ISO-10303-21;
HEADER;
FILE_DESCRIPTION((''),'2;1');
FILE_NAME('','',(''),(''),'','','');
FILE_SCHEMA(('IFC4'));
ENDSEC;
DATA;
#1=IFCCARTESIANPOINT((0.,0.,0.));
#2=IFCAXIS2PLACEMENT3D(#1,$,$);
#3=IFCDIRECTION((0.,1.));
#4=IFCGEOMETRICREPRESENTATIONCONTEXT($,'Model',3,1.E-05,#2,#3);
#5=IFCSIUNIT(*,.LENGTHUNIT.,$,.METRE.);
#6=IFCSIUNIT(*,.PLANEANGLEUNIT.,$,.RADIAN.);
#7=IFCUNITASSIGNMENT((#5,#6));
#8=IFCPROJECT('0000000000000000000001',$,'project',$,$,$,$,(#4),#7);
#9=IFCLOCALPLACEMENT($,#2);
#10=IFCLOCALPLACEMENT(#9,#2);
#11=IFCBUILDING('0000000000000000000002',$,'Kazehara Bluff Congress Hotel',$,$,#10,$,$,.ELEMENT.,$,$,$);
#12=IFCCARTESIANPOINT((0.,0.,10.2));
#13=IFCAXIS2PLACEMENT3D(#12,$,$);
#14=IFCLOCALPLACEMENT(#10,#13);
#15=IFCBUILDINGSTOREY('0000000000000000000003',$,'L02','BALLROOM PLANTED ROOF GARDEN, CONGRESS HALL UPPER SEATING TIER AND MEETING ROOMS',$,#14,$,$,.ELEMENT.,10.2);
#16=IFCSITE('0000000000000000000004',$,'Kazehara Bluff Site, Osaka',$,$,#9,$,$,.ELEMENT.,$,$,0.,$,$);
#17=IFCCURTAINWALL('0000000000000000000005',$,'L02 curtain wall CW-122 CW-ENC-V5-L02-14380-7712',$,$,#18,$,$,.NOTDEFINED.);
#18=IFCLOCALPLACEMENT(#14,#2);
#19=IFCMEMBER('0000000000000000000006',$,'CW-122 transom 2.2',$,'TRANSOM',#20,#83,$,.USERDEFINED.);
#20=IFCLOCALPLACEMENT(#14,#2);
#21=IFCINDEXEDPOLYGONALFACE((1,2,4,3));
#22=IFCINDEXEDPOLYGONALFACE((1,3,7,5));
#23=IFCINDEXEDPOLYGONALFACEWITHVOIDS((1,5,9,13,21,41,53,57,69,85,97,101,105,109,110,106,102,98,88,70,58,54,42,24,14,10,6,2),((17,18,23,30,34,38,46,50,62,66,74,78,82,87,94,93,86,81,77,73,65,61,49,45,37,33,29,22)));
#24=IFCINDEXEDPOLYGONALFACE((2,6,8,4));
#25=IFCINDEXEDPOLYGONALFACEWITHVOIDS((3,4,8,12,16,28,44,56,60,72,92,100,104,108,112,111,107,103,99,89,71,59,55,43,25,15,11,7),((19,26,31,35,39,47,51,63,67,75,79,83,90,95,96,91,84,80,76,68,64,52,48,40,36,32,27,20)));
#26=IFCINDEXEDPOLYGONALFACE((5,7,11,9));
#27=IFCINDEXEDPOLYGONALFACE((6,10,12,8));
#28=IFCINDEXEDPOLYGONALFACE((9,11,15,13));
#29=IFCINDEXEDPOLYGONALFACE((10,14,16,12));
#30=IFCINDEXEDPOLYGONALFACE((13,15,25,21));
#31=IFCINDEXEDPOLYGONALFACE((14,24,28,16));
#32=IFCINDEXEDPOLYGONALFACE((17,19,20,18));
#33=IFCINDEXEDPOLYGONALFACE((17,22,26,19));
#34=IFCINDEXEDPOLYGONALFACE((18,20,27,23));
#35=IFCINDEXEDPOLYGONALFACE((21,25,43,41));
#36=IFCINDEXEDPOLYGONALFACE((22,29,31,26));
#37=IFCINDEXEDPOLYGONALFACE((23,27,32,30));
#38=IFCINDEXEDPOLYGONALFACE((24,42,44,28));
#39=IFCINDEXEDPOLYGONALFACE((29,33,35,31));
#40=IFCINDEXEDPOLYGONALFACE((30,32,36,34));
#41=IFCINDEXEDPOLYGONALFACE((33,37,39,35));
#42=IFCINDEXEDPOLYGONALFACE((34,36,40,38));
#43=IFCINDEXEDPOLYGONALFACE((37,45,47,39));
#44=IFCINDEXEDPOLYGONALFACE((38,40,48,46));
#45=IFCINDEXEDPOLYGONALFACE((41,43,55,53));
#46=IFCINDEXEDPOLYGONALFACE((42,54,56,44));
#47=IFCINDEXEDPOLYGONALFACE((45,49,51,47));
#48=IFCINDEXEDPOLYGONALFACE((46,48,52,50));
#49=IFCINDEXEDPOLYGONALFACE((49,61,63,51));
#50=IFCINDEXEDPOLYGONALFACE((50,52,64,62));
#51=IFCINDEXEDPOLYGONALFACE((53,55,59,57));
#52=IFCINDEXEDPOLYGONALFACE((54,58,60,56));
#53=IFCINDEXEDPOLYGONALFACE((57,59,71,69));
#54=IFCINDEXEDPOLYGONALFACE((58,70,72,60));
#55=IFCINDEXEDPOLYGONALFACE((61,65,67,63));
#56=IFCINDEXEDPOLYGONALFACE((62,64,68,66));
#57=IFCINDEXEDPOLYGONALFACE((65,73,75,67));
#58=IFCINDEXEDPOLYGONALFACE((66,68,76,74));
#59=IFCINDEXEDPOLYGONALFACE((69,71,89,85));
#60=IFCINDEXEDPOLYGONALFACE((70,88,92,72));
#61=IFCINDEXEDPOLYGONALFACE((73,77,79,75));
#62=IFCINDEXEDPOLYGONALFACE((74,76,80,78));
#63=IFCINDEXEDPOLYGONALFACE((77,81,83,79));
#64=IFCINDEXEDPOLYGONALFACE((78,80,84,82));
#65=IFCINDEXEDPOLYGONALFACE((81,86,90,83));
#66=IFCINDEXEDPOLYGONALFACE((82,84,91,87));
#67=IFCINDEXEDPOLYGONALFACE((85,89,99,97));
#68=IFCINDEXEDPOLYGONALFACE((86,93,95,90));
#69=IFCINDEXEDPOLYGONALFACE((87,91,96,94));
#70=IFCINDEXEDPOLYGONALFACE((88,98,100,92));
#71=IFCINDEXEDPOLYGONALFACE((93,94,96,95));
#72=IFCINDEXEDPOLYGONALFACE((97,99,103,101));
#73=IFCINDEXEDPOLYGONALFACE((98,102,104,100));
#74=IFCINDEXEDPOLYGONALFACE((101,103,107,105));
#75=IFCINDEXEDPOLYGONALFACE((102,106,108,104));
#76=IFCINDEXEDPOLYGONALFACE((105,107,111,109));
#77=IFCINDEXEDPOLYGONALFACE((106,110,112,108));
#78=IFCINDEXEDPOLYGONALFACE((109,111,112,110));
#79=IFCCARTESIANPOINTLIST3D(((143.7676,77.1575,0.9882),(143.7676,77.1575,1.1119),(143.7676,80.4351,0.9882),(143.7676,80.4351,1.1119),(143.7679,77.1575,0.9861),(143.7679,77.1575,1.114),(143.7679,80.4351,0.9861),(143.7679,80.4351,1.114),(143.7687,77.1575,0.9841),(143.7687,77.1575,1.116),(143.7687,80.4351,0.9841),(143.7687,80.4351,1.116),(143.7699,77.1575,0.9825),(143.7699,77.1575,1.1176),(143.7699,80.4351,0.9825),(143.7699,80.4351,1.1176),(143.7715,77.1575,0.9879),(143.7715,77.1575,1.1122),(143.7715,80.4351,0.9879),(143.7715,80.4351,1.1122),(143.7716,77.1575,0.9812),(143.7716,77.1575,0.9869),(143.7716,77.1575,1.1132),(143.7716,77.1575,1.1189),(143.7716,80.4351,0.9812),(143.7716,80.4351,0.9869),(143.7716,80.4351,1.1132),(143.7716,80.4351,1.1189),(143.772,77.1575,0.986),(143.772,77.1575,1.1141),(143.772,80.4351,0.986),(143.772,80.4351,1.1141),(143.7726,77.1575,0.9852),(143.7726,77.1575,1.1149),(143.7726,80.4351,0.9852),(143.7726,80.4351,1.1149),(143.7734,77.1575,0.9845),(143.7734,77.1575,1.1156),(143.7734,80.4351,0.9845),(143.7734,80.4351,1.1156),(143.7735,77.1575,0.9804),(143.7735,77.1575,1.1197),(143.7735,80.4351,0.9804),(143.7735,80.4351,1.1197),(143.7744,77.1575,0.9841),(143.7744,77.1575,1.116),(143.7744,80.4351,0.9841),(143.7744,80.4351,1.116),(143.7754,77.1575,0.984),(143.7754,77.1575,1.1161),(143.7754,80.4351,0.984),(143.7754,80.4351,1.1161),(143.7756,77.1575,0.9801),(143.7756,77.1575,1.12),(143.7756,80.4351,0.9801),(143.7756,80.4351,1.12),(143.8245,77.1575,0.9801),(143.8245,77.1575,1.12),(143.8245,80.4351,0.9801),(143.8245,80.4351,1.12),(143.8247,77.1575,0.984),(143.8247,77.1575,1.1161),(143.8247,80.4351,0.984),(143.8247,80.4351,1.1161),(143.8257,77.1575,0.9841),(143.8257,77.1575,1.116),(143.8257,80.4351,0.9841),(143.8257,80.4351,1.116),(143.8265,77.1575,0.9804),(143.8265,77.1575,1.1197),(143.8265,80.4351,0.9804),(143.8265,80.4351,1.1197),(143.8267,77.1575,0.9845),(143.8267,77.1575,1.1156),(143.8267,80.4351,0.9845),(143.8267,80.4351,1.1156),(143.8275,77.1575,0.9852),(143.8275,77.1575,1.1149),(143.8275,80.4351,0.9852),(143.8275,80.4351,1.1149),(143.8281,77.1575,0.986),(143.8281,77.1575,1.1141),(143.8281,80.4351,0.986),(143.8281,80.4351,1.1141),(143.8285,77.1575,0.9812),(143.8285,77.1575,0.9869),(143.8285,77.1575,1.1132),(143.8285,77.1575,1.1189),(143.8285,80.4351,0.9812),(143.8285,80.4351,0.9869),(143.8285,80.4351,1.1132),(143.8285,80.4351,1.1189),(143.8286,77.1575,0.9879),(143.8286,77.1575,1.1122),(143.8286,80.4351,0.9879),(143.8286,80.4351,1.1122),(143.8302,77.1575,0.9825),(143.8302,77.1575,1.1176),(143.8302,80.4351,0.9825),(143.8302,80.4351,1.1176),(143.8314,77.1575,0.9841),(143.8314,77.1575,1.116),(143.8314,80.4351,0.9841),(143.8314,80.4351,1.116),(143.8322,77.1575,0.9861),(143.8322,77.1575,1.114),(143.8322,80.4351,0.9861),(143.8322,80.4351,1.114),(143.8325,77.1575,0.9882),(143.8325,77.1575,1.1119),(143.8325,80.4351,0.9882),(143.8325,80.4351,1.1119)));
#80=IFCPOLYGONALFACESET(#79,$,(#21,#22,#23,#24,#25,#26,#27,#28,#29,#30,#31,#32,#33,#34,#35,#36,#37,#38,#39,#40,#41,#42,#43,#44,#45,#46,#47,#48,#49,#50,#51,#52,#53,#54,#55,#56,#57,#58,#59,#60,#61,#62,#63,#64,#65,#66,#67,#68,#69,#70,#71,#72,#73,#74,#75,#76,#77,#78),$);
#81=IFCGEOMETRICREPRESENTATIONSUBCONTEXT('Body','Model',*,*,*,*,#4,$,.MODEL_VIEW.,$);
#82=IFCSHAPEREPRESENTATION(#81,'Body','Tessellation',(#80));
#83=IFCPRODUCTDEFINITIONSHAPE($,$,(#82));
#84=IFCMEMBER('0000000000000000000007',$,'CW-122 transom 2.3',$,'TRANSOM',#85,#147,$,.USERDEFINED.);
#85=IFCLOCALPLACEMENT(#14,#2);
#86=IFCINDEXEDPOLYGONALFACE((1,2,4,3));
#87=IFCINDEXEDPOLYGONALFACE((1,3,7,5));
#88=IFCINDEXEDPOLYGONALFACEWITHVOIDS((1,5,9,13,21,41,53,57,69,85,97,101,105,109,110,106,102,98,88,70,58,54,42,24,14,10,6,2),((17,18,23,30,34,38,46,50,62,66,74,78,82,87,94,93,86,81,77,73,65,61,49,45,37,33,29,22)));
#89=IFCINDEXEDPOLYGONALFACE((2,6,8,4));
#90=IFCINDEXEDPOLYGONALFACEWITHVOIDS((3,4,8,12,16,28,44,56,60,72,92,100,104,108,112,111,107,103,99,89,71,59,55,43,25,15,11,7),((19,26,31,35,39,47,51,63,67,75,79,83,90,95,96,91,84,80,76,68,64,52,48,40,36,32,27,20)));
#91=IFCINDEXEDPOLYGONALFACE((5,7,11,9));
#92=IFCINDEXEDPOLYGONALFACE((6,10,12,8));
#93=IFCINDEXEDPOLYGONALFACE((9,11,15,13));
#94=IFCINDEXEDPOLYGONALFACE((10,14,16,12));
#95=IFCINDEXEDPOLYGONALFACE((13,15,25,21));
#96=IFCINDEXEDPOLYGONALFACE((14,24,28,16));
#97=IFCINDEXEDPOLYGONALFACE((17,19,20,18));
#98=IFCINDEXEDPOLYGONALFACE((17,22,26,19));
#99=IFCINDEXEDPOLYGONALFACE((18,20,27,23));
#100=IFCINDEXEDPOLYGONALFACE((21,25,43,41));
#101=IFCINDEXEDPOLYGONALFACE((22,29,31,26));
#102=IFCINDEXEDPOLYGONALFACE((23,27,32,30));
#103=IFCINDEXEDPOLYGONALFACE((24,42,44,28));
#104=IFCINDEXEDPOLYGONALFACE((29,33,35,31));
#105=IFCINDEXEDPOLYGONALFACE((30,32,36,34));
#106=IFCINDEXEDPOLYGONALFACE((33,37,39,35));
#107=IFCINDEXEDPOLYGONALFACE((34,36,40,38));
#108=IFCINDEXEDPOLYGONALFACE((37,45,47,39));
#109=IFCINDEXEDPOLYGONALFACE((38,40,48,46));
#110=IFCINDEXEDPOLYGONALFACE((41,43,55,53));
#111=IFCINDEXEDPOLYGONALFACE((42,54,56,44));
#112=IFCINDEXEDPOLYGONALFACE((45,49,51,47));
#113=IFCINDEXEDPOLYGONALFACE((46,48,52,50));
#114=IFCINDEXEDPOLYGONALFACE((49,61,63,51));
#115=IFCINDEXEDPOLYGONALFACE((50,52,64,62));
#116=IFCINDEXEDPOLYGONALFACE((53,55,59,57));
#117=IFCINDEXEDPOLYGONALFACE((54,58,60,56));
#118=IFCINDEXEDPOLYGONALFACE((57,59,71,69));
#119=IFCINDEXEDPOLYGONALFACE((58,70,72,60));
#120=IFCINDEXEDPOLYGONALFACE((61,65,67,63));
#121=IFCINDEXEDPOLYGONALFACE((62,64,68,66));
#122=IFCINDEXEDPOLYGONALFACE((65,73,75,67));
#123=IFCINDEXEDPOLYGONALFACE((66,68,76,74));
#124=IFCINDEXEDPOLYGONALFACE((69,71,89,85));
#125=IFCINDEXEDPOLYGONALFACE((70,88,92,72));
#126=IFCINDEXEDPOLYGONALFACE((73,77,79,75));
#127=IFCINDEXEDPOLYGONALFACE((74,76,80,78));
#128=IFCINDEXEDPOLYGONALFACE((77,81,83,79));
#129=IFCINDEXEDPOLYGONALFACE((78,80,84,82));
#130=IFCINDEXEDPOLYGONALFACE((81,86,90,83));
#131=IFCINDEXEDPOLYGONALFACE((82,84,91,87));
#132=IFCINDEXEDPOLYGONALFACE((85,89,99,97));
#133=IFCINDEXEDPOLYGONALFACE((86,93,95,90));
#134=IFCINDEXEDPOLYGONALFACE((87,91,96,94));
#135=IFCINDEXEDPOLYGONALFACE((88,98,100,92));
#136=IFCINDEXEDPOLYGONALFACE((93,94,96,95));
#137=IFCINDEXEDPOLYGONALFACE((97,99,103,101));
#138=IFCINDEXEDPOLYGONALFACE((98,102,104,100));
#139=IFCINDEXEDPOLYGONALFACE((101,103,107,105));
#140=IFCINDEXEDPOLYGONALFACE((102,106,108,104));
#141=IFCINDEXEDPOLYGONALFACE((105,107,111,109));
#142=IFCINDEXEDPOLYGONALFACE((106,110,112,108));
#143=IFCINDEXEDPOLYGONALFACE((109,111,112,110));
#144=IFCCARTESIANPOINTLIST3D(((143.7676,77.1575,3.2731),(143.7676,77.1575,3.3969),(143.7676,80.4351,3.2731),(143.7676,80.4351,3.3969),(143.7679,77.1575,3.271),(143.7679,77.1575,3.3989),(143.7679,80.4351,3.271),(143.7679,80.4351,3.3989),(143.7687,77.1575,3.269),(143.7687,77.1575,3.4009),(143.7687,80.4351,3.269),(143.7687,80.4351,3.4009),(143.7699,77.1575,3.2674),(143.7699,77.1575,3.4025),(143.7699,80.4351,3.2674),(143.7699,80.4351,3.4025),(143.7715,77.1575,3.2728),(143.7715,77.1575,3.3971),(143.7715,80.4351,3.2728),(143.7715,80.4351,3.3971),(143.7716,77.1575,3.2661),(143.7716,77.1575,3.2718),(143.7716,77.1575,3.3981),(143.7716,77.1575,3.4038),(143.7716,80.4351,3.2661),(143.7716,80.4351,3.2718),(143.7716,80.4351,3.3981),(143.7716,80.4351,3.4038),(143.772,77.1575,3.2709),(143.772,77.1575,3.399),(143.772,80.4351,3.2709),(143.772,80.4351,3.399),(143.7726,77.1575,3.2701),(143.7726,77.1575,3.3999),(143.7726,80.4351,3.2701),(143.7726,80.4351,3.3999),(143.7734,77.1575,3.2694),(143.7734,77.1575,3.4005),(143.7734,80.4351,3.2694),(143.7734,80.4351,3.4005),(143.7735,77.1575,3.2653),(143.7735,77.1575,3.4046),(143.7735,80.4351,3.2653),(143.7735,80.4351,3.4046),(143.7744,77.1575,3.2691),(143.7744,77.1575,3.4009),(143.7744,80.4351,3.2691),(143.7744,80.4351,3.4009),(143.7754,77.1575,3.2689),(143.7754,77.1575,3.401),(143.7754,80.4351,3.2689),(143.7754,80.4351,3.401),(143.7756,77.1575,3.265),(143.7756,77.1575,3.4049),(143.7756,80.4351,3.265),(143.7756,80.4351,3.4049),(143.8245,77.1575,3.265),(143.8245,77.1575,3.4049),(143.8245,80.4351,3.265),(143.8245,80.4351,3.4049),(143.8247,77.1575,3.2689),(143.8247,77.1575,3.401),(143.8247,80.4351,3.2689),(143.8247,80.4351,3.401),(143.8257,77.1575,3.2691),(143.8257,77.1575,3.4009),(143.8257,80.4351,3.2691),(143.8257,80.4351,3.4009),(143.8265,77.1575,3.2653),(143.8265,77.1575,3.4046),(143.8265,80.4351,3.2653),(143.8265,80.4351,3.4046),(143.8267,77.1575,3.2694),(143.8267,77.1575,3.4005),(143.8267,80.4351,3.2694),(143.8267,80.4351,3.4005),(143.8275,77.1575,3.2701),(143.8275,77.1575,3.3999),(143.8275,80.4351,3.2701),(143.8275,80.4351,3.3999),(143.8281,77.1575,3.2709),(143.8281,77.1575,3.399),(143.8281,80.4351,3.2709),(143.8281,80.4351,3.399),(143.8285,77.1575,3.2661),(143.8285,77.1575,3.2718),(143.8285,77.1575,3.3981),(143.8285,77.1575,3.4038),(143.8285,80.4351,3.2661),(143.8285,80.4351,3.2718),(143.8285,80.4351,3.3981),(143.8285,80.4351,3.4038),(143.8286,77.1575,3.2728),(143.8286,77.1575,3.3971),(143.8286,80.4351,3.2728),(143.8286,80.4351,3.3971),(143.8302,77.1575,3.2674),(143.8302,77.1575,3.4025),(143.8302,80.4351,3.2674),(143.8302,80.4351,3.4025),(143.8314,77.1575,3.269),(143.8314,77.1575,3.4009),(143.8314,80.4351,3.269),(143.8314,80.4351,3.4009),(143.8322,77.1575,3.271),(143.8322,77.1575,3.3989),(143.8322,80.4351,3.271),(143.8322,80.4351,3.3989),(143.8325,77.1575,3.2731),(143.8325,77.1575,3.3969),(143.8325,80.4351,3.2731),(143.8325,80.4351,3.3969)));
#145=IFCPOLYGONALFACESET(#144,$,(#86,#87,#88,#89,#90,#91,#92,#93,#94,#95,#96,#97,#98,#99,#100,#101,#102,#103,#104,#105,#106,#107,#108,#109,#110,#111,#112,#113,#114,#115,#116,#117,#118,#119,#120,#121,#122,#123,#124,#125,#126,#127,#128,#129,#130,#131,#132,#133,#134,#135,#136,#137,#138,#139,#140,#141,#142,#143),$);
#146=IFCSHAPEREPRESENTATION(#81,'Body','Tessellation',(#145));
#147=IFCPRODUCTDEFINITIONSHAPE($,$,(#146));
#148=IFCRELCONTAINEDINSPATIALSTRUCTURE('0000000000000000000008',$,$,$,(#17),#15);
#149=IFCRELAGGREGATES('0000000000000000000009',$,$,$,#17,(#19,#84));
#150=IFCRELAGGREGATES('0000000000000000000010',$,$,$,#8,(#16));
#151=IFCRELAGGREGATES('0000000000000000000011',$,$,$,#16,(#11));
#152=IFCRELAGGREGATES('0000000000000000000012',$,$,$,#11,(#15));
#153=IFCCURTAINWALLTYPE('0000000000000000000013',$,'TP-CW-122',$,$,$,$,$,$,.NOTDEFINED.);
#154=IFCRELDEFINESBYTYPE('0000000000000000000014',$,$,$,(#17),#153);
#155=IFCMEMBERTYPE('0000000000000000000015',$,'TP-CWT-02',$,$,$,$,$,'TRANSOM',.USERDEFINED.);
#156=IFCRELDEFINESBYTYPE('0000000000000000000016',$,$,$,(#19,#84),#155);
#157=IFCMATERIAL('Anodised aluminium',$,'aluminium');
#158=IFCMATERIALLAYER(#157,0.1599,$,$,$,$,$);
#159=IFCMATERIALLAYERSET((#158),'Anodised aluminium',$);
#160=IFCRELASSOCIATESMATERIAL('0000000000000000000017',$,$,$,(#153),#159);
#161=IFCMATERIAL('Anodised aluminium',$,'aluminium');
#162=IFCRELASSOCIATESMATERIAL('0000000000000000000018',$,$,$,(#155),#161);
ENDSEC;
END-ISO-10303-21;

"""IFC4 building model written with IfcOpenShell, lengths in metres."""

from ifc_helpers import new_model, si_unit, direction, frame, origin, origin_2d, place, context, subcontext, project, spatial, hollow_rectangle, extrude, material, layer, layer_set, material_profile, profile_set, type_object, element, aggregate, save


model = new_model("IFC4")

# Units and contexts
model_context = context("Model", 3, precision=1e-05, world=origin(), true_north=direction((0.0, 1.0)))
body_context = subcontext(model_context, "Body", "Model", "MODEL_VIEW")
ifc_project = project(units=[si_unit("LENGTHUNIT", "METRE"), si_unit("PLANEANGLEUNIT", "RADIAN")], contexts=[model_context])

# Site, building, storey
site_placement = place(None, origin())
site = spatial("IfcSite", under=ifc_project, at=site_placement, Name="Kazehara Bluff Site, Osaka", CompositionType="ELEMENT", RefElevation=0.0)
building_placement = place(site_placement, origin())
building = spatial("IfcBuilding", under=site, at=building_placement, Name="Kazehara Bluff Congress Hotel", CompositionType="ELEMENT")
storey_placement = place(building_placement, frame((0.0, 0.0, 10.2)))
storey = spatial("IfcBuildingStorey", under=building, at=storey_placement, Name="L02", Description="BALLROOM PLANTED ROOF GARDEN, CONGRESS HALL UPPER SEATING TIER AND MEETING ROOMS", CompositionType="ELEMENT", Elevation=10.2)

# Curtain wall
ifc_material_1 = material(Name="Anodised aluminium", Category="aluminium")
ifc_layer_1 = layer(ifc_material_1, 0.1599)
ifc_layer_set_1 = layer_set([ifc_layer_1], Name="Anodised aluminium")
curtain_wall_type_1 = type_object("IfcCurtainWallType", Name="TP-CW-122", PredefinedType="NOTDEFINED", material=ifc_layer_set_1)
curtain_wall_1_placement = place(storey_placement, origin())
curtain_wall_1 = element("IfcCurtainWall", 1, at=curtain_wall_1_placement, inside=storey, type_object=curtain_wall_type_1, Name="L02 curtain wall CW-122 CW-ENC-V5-L02-14380-7712", PredefinedType="NOTDEFINED")

# Members
ifc_material_2 = material(Name="Anodised aluminium", Category="aluminium")
ifc_material_profile_1 = material_profile(ifc_material_2, hollow_rectangle(XDim=0.0649, YDim=0.1399, WallThickness=0.0039, InnerFilletRadius=0.0039, OuterFilletRadius=0.0081, at=origin_2d()))
ifc_profile_set_1 = profile_set([ifc_material_profile_1], Name="Anodised aluminium")
member_type_1 = type_object("IfcMemberType", Name="TP-CWT-02", ElementType="TRANSOM", PredefinedType="USERDEFINED", material=ifc_profile_set_1)
member_1_placement = place(storey_placement, frame((143.8, 77.1575, 1.05), z_axis=(0.0, 1.0, 0.0), x_axis=(-1.0, 0.0, 0.0)))
member_1 = element("IfcMember", 2, at=member_1_placement, type_object=member_type_1, Name="CW-122 transom 2.2", ObjectType="TRANSOM", PredefinedType="USERDEFINED", context=body_context, shape_type="SweptSolid", body=[
    extrude(hollow_rectangle(XDim=0.0649, YDim=0.1399, WallThickness=0.0039, InnerFilletRadius=0.0039, OuterFilletRadius=0.0081, at=origin_2d()), origin(), (0.0, 0.0, 1.0), 3.2776),
])
member_2_placement = place(storey_placement, frame((143.8, 77.1575, 3.335), z_axis=(0.0, 1.0, 0.0), x_axis=(-1.0, 0.0, 0.0)))
member_2 = element("IfcMember", 3, at=member_2_placement, type_object=member_type_1, Name="CW-122 transom 2.3", ObjectType="TRANSOM", PredefinedType="USERDEFINED", context=body_context, shape_type="SweptSolid", body=[
    extrude(hollow_rectangle(XDim=0.0649, YDim=0.1399, WallThickness=0.0039, InnerFilletRadius=0.0039, OuterFilletRadius=0.0081, at=origin_2d()), origin(), (0.0, 0.0, 1.0), 3.2776),
])

aggregate(curtain_wall_1, [member_1, member_2])

save(model, "model.ifc")
